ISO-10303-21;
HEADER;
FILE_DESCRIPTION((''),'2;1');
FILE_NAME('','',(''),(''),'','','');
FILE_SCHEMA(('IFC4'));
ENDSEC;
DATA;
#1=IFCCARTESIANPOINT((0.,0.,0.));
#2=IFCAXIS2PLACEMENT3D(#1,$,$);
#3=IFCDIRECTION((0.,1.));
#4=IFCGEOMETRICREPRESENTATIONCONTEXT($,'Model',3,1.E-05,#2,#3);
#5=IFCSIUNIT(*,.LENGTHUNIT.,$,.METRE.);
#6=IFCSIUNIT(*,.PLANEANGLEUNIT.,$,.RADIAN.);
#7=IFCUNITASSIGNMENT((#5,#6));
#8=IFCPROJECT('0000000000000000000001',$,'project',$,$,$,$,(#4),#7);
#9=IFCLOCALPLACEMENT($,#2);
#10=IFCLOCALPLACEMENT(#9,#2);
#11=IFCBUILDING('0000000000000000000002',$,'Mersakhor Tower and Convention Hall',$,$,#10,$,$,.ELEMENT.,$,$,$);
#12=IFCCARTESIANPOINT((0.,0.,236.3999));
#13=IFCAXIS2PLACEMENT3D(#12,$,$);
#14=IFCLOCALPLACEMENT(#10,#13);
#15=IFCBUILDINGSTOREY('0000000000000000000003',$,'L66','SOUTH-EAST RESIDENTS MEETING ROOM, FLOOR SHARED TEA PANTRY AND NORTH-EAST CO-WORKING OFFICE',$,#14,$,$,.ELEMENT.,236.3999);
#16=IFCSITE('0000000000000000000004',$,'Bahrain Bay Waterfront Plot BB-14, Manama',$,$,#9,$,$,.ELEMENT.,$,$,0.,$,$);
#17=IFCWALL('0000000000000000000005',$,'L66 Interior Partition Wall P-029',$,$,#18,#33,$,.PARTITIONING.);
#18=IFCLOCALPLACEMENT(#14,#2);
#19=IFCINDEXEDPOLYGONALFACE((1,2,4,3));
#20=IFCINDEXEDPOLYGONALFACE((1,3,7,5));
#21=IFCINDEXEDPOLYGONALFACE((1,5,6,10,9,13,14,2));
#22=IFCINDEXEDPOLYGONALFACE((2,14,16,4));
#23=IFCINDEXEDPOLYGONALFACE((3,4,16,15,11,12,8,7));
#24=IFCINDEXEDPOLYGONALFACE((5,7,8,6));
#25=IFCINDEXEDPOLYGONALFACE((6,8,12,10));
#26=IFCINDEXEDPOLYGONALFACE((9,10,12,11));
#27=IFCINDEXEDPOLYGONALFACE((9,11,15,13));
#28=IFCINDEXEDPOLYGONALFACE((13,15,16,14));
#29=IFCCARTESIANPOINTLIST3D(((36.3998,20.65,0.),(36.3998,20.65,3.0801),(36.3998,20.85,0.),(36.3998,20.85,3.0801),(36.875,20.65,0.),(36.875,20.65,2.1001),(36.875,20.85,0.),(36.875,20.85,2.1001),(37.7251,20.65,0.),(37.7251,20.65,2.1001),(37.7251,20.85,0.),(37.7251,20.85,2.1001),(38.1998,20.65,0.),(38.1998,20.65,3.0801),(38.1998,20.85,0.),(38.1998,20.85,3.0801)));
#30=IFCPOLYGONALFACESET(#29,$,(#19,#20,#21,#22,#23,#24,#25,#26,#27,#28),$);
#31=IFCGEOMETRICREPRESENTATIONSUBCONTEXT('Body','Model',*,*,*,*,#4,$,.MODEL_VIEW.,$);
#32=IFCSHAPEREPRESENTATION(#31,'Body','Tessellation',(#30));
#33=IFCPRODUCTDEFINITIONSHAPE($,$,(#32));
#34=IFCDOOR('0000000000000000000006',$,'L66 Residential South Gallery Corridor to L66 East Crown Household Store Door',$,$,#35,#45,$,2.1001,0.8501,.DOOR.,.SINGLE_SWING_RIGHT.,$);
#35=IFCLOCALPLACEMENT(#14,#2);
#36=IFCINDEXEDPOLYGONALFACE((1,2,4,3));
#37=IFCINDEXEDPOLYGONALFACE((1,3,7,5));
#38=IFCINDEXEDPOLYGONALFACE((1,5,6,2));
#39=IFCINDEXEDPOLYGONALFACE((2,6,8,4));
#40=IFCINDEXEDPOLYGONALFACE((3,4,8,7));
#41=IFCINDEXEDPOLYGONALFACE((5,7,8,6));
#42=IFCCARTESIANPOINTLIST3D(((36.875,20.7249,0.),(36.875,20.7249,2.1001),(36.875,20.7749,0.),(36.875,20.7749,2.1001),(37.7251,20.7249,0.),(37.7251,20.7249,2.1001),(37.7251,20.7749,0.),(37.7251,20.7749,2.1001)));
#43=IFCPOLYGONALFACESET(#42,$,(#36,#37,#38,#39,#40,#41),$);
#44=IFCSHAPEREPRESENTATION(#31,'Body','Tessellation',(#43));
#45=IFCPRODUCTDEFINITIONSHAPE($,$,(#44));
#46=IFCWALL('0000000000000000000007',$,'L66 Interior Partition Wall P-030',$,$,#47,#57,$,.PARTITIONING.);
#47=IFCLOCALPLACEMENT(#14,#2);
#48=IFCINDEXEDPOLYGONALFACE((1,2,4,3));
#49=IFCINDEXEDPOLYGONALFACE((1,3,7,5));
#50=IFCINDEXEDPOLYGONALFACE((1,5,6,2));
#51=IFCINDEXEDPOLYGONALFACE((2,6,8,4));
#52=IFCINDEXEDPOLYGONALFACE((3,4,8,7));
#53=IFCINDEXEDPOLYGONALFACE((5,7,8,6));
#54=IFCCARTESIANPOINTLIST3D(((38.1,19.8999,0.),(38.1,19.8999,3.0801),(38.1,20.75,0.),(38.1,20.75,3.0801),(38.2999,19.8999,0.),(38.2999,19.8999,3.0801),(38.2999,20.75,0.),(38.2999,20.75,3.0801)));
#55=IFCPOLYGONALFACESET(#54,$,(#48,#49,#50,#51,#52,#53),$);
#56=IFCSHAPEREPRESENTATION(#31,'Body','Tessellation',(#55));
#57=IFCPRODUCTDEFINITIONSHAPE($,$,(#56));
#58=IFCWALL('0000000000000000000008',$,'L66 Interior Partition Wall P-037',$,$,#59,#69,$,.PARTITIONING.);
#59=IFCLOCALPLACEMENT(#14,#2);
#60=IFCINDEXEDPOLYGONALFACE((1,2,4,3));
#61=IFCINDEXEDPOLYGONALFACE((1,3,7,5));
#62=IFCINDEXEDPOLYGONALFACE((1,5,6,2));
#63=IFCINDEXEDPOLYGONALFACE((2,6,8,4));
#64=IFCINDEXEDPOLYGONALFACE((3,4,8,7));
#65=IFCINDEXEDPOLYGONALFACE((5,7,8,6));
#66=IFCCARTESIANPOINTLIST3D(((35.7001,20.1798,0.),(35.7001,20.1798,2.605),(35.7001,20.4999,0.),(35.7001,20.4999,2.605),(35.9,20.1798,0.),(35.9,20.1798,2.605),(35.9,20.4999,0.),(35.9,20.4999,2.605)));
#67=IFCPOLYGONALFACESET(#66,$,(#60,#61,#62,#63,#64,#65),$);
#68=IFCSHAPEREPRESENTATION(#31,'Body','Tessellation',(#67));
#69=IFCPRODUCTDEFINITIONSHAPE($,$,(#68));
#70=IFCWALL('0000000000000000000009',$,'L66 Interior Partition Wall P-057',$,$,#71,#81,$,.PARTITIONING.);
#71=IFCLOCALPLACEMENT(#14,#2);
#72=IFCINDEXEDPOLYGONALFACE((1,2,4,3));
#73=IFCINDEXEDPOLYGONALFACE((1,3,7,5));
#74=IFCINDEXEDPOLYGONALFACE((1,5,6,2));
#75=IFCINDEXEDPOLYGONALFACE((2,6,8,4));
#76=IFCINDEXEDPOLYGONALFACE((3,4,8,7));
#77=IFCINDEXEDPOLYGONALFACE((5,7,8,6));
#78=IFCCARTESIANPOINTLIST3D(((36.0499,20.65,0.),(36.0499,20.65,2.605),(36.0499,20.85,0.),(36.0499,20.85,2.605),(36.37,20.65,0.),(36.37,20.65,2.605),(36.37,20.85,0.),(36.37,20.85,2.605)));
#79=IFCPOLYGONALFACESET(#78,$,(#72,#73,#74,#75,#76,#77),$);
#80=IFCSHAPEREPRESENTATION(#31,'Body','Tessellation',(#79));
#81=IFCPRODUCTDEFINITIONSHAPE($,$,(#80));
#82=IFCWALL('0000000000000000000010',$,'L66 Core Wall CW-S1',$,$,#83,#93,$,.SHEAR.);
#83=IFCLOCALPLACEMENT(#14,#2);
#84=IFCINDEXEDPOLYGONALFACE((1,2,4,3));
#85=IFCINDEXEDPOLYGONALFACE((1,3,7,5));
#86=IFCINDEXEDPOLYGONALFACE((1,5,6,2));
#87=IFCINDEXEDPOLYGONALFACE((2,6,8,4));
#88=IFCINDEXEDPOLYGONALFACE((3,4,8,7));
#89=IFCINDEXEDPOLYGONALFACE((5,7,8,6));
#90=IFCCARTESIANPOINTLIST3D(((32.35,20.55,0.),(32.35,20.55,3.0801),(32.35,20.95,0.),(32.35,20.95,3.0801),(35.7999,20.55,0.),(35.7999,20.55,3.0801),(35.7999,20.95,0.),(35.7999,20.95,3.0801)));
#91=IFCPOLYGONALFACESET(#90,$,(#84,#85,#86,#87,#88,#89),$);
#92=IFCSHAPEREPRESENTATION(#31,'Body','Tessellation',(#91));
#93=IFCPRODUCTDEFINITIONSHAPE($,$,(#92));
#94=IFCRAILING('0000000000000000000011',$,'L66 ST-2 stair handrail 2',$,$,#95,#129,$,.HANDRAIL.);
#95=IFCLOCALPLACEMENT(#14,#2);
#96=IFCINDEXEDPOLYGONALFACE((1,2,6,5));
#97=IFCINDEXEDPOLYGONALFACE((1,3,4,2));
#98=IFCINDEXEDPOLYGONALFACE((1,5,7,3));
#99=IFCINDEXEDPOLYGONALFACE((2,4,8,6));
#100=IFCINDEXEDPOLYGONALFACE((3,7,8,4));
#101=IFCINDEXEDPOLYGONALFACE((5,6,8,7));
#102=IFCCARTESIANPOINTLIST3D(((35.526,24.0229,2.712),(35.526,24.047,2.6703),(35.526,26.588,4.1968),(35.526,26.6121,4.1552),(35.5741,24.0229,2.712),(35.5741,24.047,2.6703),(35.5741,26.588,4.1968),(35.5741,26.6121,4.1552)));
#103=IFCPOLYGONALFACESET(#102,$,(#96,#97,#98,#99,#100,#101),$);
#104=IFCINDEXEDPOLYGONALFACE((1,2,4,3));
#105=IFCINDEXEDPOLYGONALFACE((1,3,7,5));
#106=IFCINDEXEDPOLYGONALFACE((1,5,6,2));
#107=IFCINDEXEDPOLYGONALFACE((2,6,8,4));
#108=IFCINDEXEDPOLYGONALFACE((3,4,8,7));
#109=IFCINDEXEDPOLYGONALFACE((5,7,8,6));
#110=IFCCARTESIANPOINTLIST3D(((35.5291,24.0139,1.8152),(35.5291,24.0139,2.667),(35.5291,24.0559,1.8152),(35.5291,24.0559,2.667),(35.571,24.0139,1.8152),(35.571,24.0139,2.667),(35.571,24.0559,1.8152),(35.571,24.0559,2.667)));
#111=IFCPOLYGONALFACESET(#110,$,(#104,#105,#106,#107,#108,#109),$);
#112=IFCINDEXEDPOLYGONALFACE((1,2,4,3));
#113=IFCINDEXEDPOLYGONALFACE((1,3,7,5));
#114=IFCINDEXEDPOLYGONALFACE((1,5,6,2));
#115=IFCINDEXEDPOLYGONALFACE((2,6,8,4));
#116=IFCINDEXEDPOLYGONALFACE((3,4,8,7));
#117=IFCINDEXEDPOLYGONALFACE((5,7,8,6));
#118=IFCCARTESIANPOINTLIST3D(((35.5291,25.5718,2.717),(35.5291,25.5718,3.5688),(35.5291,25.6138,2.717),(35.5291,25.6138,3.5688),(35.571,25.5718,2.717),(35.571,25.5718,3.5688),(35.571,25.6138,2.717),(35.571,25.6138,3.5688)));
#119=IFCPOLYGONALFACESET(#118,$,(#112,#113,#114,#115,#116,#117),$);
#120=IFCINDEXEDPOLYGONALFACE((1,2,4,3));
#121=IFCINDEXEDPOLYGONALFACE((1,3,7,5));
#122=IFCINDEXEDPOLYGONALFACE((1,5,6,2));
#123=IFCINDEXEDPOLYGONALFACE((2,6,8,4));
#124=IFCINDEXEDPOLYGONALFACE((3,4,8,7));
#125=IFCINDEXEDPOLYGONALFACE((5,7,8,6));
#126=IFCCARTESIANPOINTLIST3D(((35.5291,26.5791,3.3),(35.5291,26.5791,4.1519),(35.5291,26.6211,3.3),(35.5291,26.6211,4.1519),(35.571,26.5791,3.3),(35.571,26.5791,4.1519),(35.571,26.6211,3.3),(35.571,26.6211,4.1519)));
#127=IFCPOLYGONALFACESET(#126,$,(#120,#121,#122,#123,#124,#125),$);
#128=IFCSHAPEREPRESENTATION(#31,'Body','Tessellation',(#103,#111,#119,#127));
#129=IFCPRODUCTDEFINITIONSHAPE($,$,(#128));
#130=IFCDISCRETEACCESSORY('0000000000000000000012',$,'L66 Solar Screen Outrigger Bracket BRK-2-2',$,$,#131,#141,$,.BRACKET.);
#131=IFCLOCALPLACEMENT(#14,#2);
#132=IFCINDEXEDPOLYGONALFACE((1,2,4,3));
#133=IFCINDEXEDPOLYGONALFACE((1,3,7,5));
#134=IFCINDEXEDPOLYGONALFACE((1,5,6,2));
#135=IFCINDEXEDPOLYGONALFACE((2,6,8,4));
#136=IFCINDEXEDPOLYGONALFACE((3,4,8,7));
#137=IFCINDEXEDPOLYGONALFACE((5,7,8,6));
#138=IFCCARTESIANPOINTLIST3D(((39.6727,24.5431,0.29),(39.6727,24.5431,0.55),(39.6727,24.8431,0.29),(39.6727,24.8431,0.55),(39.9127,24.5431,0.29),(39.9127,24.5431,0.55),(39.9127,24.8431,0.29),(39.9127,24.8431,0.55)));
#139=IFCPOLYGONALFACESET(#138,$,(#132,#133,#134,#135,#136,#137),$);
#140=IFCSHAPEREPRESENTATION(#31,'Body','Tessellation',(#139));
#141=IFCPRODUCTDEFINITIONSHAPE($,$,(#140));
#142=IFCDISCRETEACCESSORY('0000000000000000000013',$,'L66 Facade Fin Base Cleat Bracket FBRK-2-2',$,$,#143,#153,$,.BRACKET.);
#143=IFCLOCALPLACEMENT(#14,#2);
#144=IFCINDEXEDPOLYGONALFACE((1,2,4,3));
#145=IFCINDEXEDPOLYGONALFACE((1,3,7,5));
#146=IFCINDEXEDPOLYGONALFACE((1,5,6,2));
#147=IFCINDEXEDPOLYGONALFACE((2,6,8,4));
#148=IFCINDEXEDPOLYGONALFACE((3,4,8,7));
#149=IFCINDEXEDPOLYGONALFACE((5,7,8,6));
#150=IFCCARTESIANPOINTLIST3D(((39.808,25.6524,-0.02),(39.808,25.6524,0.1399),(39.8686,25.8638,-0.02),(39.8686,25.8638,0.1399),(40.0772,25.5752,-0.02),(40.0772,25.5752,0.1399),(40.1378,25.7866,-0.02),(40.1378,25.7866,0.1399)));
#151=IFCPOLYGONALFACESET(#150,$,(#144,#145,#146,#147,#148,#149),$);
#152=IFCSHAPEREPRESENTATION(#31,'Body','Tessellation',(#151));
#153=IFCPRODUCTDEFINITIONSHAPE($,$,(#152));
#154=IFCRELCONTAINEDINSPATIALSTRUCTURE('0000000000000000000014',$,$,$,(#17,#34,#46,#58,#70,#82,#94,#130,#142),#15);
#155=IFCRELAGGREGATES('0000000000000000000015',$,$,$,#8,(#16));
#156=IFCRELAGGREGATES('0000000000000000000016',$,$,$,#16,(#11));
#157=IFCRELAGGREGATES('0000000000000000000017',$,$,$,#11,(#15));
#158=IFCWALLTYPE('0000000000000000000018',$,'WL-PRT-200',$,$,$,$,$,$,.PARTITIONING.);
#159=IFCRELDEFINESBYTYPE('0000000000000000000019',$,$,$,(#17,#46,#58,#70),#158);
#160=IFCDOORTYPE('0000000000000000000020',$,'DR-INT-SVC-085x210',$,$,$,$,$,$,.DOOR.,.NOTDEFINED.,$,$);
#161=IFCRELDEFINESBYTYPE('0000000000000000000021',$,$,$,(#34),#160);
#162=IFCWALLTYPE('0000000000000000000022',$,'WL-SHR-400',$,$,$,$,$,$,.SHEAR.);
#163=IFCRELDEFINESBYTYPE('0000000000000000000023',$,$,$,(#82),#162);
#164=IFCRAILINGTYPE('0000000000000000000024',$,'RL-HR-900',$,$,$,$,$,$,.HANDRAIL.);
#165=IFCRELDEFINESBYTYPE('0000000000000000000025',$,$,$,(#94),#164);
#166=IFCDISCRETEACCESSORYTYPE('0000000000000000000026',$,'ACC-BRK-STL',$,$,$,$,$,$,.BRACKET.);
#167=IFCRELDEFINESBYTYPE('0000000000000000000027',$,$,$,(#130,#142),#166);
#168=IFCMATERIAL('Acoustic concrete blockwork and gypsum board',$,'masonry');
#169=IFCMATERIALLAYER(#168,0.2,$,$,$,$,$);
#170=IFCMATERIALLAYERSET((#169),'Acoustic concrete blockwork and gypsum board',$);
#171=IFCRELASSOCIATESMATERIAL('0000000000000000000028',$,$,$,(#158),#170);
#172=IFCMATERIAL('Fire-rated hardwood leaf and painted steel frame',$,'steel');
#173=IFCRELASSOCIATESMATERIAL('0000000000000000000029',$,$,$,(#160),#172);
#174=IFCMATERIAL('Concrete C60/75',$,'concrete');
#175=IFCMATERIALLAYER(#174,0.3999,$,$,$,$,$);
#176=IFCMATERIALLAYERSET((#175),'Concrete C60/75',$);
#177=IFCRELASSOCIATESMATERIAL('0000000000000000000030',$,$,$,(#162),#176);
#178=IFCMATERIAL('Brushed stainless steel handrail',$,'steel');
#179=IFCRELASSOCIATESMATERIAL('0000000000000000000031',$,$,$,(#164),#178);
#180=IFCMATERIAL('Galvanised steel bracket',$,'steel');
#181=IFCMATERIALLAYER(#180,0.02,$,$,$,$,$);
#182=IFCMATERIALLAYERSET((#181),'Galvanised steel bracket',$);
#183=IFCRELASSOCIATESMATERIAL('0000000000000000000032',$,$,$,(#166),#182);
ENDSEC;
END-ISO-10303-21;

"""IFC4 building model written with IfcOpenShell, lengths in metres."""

from ifc_helpers import new_model, si_unit, direction, frame, frame_2d, origin, origin_2d, place, context, subcontext, project, spatial, rectangle, extrude, material, layer, layer_set, type_object, element, fill, save


model = new_model("IFC4")

# Units and contexts
model_context = context("Model", 3, precision=1e-05, world=origin(), true_north=direction((0.0, 1.0)))
body_context = subcontext(model_context, "Body", "Model", "MODEL_VIEW")
ifc_project = project(units=[si_unit("LENGTHUNIT", "METRE"), si_unit("PLANEANGLEUNIT", "RADIAN")], contexts=[model_context])

# Site, building, storey
site_placement = place(None, origin())
site = spatial("IfcSite", under=ifc_project, at=site_placement, Name="Bahrain Bay Waterfront Plot BB-14, Manama", CompositionType="ELEMENT", RefElevation=0.0)
building_placement = place(site_placement, origin())
building = spatial("IfcBuilding", under=site, at=building_placement, Name="Mersakhor Tower and Convention Hall", CompositionType="ELEMENT")
storey_placement = place(building_placement, frame((0.0, 0.0, 236.3999)))
storey = spatial("IfcBuildingStorey", under=building, at=storey_placement, Name="L66", Description="SOUTH-EAST RESIDENTS MEETING ROOM, FLOOR SHARED TEA PANTRY AND NORTH-EAST CO-WORKING OFFICE", CompositionType="ELEMENT", Elevation=236.3999)

# Wall, opening, door
ifc_material_1 = material(Name="Acoustic concrete blockwork and gypsum board", Category="masonry")
ifc_layer_1 = layer(ifc_material_1, 0.2)
ifc_layer_set_1 = layer_set([ifc_layer_1], Name="Acoustic concrete blockwork and gypsum board")
wall_type_1 = type_object("IfcWallType", Name="WL-PRT-200", PredefinedType="PARTITIONING", material=ifc_layer_set_1)
wall_1_placement = place(storey_placement, frame((36.3999, 20.75, 0.0), z_axis=(0.0, 0.0, 1.0), x_axis=(1.0, 0.0, 0.0)))
wall_1 = element("IfcWall", 1, at=wall_1_placement, inside=storey, type_object=wall_type_1, Name="L66 Interior Partition Wall P-029", PredefinedType="PARTITIONING", context=body_context, shape_type="SweptSolid", body=[
    extrude(rectangle(XDim=1.8, YDim=0.2, at=frame_2d((0.8999, 0.0))), origin(), (0.0, 0.0, 1.0), 3.0801),
])
opening_1_placement = place(wall_1_placement, frame((0.4751, 0.0, 0.0)))
opening_1 = element("IfcOpeningElement", 2, at=opening_1_placement, cuts=wall_1, PredefinedType="OPENING", context=body_context, shape_type="SweptSolid", body=[
    extrude(rectangle(XDim=0.8501, YDim=2.1001, at=frame_2d((0.425, 1.05))), frame((0.0, 0.1099, 0.0), z_axis=(0.0, -1.0, 0.0), x_axis=(1.0, 0.0, 0.0)), (0.0, 0.0, 1.0), 0.22),
])
ifc_material_2 = material(Name="Fire-rated hardwood leaf and painted steel frame", Category="steel")
door_type = type_object("IfcDoorType", Name="DR-INT-SVC-085x210", OperationType="NOTDEFINED", PredefinedType="DOOR", material=ifc_material_2)
door_placement = place(opening_1_placement, origin())
door = element("IfcDoor", 3, at=door_placement, inside=storey, type_object=door_type, Name="L66 Residential South Gallery Corridor to L66 East Crown Household Store Door", OperationType="SINGLE_SWING_RIGHT", OverallHeight=2.1001, OverallWidth=0.8501, PredefinedType="DOOR", context=body_context, shape_type="SweptSolid", body=[
    extrude(rectangle(XDim=0.8501, YDim=2.1001, at=frame_2d((0.425, 1.05))), frame((0.0, 0.0249, 0.0), z_axis=(0.0, -1.0, 0.0), x_axis=(1.0, 0.0, 0.0)), (0.0, 0.0, 1.0), 0.05),
])
fill(opening_1, door)

# Walls
wall_2_placement = place(storey_placement, frame((38.2, 20.75, 0.0), z_axis=(0.0, 0.0, 1.0), x_axis=(0.0, -1.0, 0.0)))
element("IfcWall", 4, at=wall_2_placement, inside=storey, type_object=wall_type_1, Name="L66 Interior Partition Wall P-030", PredefinedType="PARTITIONING", context=body_context, shape_type="SweptSolid", body=[
    extrude(rectangle(XDim=0.8501, YDim=0.2, at=frame_2d((0.425, 0.0))), origin(), (0.0, 0.0, 1.0), 3.0801),
])
for number, where, z_axis, x_axis, name in (
    (5, (35.8, 20.5, 0.0), (0.0, 0.0, 1.0), (0.0, -1.0, 0.0), "L66 Interior Partition Wall P-037"),
    (6, (36.3701, 20.75, 0.0), (0.0, 0.0, 1.0), (-1.0, 0.0, 0.0), "L66 Interior Partition Wall P-057"),
):
    element("IfcWall", number, at=place(storey_placement, frame(where, z_axis=z_axis, x_axis=x_axis)), inside=storey, type_object=wall_type_1, Name=name, PredefinedType="PARTITIONING", context=body_context, shape_type="SweptSolid", body=[
        extrude(rectangle(XDim=0.3201, YDim=0.2, at=frame_2d((0.1602, 0.0))), origin(), (0.0, 0.0, 1.0), 2.605),
    ])
ifc_material_3 = material(Name="Concrete C60/75", Category="concrete")
ifc_layer_2 = layer(ifc_material_3, 0.3999)
ifc_layer_set_2 = layer_set([ifc_layer_2], Name="Concrete C60/75")
wall_type_2 = type_object("IfcWallType", Name="WL-SHR-400", PredefinedType="SHEAR", material=ifc_layer_set_2)
wall_3_placement = place(storey_placement, frame((35.8, 20.75, 0.0), z_axis=(0.0, 0.0, 1.0), x_axis=(-1.0, 0.0, 0.0)))
element("IfcWall", 7, at=wall_3_placement, inside=storey, type_object=wall_type_2, Name="L66 Core Wall CW-S1", PredefinedType="SHEAR", context=body_context, shape_type="SweptSolid", body=[
    extrude(rectangle(XDim=3.45, YDim=0.3999, at=frame_2d((1.7251, 0.0))), origin(), (0.0, 0.0, 1.0), 3.0801),
])

# Railing
ifc_material_4 = material(Name="Brushed stainless steel handrail", Category="steel")
railing_type = type_object("IfcRailingType", Name="RL-HR-900", PredefinedType="HANDRAIL", material=ifc_material_4)
railing_placement = place(storey_placement, frame((35.55, 24.0349, 1.8152)))
element("IfcRailing", 8, at=railing_placement, inside=storey, type_object=railing_type, Name="L66 ST-2 stair handrail 2", PredefinedType="HANDRAIL", context=body_context, shape_type="SweptSolid", body=[
    extrude(rectangle(XDim=0.0481, YDim=0.0481, at=origin_2d()), frame((0.0, 0.0, 0.876), z_axis=(0.0, 0.865462, 0.500975), x_axis=(-1.0, 0.0, 0.0)), (0.0, 0.0, 1.0), 2.9639),
    extrude(rectangle(XDim=0.042, YDim=0.042, at=origin_2d()), origin(), (0.0, 0.0, 1.0), 0.8518),
    extrude(rectangle(XDim=0.042, YDim=0.042, at=origin_2d()), frame((0.0, 1.5579, 0.9019)), (0.0, 0.0, 1.0), 0.8518),
    extrude(rectangle(XDim=0.042, YDim=0.042, at=origin_2d()), frame((0.0, 2.5652, 1.4849)), (0.0, 0.0, 1.0), 0.8518),
])

# Discrete accessories
ifc_material_5 = material(Name="Galvanised steel bracket", Category="steel")
ifc_layer_3 = layer(ifc_material_5, 0.02)
ifc_layer_set_3 = layer_set([ifc_layer_3], Name="Galvanised steel bracket")
discrete_accessory_type = type_object("IfcDiscreteAccessoryType", Name="ACC-BRK-STL", PredefinedType="BRACKET", material=ifc_layer_set_3)
discrete_accessory_1_placement = place(storey_placement, frame((39.7927, 24.6931, 0.29), z_axis=(0.0, 0.0, 1.0), x_axis=(0.0, -1.0, 0.0)))
element("IfcDiscreteAccessory", 9, at=discrete_accessory_1_placement, inside=storey, type_object=discrete_accessory_type, Name="L66 Solar Screen Outrigger Bracket BRK-2-2", PredefinedType="BRACKET", context=body_context, shape_type="SweptSolid", body=[
    extrude(rectangle(XDim=0.3, YDim=0.24, at=origin_2d()), origin(), (0.0, 0.0, 1.0), 0.26),
])
discrete_accessory_2_placement = place(storey_placement, frame((39.9729, 25.7195, -0.02), z_axis=(0.0, 0.0, 1.0), x_axis=(0.961262, -0.275637, 0.0)))
element("IfcDiscreteAccessory", 10, at=discrete_accessory_2_placement, inside=storey, type_object=discrete_accessory_type, Name="L66 Facade Fin Base Cleat Bracket FBRK-2-2", PredefinedType="BRACKET", context=body_context, shape_type="SweptSolid", body=[
    extrude(rectangle(XDim=0.28, YDim=0.22, at=origin_2d()), origin(), (0.0, 0.0, 1.0), 0.1599),
])

save(model, "model.ifc")
